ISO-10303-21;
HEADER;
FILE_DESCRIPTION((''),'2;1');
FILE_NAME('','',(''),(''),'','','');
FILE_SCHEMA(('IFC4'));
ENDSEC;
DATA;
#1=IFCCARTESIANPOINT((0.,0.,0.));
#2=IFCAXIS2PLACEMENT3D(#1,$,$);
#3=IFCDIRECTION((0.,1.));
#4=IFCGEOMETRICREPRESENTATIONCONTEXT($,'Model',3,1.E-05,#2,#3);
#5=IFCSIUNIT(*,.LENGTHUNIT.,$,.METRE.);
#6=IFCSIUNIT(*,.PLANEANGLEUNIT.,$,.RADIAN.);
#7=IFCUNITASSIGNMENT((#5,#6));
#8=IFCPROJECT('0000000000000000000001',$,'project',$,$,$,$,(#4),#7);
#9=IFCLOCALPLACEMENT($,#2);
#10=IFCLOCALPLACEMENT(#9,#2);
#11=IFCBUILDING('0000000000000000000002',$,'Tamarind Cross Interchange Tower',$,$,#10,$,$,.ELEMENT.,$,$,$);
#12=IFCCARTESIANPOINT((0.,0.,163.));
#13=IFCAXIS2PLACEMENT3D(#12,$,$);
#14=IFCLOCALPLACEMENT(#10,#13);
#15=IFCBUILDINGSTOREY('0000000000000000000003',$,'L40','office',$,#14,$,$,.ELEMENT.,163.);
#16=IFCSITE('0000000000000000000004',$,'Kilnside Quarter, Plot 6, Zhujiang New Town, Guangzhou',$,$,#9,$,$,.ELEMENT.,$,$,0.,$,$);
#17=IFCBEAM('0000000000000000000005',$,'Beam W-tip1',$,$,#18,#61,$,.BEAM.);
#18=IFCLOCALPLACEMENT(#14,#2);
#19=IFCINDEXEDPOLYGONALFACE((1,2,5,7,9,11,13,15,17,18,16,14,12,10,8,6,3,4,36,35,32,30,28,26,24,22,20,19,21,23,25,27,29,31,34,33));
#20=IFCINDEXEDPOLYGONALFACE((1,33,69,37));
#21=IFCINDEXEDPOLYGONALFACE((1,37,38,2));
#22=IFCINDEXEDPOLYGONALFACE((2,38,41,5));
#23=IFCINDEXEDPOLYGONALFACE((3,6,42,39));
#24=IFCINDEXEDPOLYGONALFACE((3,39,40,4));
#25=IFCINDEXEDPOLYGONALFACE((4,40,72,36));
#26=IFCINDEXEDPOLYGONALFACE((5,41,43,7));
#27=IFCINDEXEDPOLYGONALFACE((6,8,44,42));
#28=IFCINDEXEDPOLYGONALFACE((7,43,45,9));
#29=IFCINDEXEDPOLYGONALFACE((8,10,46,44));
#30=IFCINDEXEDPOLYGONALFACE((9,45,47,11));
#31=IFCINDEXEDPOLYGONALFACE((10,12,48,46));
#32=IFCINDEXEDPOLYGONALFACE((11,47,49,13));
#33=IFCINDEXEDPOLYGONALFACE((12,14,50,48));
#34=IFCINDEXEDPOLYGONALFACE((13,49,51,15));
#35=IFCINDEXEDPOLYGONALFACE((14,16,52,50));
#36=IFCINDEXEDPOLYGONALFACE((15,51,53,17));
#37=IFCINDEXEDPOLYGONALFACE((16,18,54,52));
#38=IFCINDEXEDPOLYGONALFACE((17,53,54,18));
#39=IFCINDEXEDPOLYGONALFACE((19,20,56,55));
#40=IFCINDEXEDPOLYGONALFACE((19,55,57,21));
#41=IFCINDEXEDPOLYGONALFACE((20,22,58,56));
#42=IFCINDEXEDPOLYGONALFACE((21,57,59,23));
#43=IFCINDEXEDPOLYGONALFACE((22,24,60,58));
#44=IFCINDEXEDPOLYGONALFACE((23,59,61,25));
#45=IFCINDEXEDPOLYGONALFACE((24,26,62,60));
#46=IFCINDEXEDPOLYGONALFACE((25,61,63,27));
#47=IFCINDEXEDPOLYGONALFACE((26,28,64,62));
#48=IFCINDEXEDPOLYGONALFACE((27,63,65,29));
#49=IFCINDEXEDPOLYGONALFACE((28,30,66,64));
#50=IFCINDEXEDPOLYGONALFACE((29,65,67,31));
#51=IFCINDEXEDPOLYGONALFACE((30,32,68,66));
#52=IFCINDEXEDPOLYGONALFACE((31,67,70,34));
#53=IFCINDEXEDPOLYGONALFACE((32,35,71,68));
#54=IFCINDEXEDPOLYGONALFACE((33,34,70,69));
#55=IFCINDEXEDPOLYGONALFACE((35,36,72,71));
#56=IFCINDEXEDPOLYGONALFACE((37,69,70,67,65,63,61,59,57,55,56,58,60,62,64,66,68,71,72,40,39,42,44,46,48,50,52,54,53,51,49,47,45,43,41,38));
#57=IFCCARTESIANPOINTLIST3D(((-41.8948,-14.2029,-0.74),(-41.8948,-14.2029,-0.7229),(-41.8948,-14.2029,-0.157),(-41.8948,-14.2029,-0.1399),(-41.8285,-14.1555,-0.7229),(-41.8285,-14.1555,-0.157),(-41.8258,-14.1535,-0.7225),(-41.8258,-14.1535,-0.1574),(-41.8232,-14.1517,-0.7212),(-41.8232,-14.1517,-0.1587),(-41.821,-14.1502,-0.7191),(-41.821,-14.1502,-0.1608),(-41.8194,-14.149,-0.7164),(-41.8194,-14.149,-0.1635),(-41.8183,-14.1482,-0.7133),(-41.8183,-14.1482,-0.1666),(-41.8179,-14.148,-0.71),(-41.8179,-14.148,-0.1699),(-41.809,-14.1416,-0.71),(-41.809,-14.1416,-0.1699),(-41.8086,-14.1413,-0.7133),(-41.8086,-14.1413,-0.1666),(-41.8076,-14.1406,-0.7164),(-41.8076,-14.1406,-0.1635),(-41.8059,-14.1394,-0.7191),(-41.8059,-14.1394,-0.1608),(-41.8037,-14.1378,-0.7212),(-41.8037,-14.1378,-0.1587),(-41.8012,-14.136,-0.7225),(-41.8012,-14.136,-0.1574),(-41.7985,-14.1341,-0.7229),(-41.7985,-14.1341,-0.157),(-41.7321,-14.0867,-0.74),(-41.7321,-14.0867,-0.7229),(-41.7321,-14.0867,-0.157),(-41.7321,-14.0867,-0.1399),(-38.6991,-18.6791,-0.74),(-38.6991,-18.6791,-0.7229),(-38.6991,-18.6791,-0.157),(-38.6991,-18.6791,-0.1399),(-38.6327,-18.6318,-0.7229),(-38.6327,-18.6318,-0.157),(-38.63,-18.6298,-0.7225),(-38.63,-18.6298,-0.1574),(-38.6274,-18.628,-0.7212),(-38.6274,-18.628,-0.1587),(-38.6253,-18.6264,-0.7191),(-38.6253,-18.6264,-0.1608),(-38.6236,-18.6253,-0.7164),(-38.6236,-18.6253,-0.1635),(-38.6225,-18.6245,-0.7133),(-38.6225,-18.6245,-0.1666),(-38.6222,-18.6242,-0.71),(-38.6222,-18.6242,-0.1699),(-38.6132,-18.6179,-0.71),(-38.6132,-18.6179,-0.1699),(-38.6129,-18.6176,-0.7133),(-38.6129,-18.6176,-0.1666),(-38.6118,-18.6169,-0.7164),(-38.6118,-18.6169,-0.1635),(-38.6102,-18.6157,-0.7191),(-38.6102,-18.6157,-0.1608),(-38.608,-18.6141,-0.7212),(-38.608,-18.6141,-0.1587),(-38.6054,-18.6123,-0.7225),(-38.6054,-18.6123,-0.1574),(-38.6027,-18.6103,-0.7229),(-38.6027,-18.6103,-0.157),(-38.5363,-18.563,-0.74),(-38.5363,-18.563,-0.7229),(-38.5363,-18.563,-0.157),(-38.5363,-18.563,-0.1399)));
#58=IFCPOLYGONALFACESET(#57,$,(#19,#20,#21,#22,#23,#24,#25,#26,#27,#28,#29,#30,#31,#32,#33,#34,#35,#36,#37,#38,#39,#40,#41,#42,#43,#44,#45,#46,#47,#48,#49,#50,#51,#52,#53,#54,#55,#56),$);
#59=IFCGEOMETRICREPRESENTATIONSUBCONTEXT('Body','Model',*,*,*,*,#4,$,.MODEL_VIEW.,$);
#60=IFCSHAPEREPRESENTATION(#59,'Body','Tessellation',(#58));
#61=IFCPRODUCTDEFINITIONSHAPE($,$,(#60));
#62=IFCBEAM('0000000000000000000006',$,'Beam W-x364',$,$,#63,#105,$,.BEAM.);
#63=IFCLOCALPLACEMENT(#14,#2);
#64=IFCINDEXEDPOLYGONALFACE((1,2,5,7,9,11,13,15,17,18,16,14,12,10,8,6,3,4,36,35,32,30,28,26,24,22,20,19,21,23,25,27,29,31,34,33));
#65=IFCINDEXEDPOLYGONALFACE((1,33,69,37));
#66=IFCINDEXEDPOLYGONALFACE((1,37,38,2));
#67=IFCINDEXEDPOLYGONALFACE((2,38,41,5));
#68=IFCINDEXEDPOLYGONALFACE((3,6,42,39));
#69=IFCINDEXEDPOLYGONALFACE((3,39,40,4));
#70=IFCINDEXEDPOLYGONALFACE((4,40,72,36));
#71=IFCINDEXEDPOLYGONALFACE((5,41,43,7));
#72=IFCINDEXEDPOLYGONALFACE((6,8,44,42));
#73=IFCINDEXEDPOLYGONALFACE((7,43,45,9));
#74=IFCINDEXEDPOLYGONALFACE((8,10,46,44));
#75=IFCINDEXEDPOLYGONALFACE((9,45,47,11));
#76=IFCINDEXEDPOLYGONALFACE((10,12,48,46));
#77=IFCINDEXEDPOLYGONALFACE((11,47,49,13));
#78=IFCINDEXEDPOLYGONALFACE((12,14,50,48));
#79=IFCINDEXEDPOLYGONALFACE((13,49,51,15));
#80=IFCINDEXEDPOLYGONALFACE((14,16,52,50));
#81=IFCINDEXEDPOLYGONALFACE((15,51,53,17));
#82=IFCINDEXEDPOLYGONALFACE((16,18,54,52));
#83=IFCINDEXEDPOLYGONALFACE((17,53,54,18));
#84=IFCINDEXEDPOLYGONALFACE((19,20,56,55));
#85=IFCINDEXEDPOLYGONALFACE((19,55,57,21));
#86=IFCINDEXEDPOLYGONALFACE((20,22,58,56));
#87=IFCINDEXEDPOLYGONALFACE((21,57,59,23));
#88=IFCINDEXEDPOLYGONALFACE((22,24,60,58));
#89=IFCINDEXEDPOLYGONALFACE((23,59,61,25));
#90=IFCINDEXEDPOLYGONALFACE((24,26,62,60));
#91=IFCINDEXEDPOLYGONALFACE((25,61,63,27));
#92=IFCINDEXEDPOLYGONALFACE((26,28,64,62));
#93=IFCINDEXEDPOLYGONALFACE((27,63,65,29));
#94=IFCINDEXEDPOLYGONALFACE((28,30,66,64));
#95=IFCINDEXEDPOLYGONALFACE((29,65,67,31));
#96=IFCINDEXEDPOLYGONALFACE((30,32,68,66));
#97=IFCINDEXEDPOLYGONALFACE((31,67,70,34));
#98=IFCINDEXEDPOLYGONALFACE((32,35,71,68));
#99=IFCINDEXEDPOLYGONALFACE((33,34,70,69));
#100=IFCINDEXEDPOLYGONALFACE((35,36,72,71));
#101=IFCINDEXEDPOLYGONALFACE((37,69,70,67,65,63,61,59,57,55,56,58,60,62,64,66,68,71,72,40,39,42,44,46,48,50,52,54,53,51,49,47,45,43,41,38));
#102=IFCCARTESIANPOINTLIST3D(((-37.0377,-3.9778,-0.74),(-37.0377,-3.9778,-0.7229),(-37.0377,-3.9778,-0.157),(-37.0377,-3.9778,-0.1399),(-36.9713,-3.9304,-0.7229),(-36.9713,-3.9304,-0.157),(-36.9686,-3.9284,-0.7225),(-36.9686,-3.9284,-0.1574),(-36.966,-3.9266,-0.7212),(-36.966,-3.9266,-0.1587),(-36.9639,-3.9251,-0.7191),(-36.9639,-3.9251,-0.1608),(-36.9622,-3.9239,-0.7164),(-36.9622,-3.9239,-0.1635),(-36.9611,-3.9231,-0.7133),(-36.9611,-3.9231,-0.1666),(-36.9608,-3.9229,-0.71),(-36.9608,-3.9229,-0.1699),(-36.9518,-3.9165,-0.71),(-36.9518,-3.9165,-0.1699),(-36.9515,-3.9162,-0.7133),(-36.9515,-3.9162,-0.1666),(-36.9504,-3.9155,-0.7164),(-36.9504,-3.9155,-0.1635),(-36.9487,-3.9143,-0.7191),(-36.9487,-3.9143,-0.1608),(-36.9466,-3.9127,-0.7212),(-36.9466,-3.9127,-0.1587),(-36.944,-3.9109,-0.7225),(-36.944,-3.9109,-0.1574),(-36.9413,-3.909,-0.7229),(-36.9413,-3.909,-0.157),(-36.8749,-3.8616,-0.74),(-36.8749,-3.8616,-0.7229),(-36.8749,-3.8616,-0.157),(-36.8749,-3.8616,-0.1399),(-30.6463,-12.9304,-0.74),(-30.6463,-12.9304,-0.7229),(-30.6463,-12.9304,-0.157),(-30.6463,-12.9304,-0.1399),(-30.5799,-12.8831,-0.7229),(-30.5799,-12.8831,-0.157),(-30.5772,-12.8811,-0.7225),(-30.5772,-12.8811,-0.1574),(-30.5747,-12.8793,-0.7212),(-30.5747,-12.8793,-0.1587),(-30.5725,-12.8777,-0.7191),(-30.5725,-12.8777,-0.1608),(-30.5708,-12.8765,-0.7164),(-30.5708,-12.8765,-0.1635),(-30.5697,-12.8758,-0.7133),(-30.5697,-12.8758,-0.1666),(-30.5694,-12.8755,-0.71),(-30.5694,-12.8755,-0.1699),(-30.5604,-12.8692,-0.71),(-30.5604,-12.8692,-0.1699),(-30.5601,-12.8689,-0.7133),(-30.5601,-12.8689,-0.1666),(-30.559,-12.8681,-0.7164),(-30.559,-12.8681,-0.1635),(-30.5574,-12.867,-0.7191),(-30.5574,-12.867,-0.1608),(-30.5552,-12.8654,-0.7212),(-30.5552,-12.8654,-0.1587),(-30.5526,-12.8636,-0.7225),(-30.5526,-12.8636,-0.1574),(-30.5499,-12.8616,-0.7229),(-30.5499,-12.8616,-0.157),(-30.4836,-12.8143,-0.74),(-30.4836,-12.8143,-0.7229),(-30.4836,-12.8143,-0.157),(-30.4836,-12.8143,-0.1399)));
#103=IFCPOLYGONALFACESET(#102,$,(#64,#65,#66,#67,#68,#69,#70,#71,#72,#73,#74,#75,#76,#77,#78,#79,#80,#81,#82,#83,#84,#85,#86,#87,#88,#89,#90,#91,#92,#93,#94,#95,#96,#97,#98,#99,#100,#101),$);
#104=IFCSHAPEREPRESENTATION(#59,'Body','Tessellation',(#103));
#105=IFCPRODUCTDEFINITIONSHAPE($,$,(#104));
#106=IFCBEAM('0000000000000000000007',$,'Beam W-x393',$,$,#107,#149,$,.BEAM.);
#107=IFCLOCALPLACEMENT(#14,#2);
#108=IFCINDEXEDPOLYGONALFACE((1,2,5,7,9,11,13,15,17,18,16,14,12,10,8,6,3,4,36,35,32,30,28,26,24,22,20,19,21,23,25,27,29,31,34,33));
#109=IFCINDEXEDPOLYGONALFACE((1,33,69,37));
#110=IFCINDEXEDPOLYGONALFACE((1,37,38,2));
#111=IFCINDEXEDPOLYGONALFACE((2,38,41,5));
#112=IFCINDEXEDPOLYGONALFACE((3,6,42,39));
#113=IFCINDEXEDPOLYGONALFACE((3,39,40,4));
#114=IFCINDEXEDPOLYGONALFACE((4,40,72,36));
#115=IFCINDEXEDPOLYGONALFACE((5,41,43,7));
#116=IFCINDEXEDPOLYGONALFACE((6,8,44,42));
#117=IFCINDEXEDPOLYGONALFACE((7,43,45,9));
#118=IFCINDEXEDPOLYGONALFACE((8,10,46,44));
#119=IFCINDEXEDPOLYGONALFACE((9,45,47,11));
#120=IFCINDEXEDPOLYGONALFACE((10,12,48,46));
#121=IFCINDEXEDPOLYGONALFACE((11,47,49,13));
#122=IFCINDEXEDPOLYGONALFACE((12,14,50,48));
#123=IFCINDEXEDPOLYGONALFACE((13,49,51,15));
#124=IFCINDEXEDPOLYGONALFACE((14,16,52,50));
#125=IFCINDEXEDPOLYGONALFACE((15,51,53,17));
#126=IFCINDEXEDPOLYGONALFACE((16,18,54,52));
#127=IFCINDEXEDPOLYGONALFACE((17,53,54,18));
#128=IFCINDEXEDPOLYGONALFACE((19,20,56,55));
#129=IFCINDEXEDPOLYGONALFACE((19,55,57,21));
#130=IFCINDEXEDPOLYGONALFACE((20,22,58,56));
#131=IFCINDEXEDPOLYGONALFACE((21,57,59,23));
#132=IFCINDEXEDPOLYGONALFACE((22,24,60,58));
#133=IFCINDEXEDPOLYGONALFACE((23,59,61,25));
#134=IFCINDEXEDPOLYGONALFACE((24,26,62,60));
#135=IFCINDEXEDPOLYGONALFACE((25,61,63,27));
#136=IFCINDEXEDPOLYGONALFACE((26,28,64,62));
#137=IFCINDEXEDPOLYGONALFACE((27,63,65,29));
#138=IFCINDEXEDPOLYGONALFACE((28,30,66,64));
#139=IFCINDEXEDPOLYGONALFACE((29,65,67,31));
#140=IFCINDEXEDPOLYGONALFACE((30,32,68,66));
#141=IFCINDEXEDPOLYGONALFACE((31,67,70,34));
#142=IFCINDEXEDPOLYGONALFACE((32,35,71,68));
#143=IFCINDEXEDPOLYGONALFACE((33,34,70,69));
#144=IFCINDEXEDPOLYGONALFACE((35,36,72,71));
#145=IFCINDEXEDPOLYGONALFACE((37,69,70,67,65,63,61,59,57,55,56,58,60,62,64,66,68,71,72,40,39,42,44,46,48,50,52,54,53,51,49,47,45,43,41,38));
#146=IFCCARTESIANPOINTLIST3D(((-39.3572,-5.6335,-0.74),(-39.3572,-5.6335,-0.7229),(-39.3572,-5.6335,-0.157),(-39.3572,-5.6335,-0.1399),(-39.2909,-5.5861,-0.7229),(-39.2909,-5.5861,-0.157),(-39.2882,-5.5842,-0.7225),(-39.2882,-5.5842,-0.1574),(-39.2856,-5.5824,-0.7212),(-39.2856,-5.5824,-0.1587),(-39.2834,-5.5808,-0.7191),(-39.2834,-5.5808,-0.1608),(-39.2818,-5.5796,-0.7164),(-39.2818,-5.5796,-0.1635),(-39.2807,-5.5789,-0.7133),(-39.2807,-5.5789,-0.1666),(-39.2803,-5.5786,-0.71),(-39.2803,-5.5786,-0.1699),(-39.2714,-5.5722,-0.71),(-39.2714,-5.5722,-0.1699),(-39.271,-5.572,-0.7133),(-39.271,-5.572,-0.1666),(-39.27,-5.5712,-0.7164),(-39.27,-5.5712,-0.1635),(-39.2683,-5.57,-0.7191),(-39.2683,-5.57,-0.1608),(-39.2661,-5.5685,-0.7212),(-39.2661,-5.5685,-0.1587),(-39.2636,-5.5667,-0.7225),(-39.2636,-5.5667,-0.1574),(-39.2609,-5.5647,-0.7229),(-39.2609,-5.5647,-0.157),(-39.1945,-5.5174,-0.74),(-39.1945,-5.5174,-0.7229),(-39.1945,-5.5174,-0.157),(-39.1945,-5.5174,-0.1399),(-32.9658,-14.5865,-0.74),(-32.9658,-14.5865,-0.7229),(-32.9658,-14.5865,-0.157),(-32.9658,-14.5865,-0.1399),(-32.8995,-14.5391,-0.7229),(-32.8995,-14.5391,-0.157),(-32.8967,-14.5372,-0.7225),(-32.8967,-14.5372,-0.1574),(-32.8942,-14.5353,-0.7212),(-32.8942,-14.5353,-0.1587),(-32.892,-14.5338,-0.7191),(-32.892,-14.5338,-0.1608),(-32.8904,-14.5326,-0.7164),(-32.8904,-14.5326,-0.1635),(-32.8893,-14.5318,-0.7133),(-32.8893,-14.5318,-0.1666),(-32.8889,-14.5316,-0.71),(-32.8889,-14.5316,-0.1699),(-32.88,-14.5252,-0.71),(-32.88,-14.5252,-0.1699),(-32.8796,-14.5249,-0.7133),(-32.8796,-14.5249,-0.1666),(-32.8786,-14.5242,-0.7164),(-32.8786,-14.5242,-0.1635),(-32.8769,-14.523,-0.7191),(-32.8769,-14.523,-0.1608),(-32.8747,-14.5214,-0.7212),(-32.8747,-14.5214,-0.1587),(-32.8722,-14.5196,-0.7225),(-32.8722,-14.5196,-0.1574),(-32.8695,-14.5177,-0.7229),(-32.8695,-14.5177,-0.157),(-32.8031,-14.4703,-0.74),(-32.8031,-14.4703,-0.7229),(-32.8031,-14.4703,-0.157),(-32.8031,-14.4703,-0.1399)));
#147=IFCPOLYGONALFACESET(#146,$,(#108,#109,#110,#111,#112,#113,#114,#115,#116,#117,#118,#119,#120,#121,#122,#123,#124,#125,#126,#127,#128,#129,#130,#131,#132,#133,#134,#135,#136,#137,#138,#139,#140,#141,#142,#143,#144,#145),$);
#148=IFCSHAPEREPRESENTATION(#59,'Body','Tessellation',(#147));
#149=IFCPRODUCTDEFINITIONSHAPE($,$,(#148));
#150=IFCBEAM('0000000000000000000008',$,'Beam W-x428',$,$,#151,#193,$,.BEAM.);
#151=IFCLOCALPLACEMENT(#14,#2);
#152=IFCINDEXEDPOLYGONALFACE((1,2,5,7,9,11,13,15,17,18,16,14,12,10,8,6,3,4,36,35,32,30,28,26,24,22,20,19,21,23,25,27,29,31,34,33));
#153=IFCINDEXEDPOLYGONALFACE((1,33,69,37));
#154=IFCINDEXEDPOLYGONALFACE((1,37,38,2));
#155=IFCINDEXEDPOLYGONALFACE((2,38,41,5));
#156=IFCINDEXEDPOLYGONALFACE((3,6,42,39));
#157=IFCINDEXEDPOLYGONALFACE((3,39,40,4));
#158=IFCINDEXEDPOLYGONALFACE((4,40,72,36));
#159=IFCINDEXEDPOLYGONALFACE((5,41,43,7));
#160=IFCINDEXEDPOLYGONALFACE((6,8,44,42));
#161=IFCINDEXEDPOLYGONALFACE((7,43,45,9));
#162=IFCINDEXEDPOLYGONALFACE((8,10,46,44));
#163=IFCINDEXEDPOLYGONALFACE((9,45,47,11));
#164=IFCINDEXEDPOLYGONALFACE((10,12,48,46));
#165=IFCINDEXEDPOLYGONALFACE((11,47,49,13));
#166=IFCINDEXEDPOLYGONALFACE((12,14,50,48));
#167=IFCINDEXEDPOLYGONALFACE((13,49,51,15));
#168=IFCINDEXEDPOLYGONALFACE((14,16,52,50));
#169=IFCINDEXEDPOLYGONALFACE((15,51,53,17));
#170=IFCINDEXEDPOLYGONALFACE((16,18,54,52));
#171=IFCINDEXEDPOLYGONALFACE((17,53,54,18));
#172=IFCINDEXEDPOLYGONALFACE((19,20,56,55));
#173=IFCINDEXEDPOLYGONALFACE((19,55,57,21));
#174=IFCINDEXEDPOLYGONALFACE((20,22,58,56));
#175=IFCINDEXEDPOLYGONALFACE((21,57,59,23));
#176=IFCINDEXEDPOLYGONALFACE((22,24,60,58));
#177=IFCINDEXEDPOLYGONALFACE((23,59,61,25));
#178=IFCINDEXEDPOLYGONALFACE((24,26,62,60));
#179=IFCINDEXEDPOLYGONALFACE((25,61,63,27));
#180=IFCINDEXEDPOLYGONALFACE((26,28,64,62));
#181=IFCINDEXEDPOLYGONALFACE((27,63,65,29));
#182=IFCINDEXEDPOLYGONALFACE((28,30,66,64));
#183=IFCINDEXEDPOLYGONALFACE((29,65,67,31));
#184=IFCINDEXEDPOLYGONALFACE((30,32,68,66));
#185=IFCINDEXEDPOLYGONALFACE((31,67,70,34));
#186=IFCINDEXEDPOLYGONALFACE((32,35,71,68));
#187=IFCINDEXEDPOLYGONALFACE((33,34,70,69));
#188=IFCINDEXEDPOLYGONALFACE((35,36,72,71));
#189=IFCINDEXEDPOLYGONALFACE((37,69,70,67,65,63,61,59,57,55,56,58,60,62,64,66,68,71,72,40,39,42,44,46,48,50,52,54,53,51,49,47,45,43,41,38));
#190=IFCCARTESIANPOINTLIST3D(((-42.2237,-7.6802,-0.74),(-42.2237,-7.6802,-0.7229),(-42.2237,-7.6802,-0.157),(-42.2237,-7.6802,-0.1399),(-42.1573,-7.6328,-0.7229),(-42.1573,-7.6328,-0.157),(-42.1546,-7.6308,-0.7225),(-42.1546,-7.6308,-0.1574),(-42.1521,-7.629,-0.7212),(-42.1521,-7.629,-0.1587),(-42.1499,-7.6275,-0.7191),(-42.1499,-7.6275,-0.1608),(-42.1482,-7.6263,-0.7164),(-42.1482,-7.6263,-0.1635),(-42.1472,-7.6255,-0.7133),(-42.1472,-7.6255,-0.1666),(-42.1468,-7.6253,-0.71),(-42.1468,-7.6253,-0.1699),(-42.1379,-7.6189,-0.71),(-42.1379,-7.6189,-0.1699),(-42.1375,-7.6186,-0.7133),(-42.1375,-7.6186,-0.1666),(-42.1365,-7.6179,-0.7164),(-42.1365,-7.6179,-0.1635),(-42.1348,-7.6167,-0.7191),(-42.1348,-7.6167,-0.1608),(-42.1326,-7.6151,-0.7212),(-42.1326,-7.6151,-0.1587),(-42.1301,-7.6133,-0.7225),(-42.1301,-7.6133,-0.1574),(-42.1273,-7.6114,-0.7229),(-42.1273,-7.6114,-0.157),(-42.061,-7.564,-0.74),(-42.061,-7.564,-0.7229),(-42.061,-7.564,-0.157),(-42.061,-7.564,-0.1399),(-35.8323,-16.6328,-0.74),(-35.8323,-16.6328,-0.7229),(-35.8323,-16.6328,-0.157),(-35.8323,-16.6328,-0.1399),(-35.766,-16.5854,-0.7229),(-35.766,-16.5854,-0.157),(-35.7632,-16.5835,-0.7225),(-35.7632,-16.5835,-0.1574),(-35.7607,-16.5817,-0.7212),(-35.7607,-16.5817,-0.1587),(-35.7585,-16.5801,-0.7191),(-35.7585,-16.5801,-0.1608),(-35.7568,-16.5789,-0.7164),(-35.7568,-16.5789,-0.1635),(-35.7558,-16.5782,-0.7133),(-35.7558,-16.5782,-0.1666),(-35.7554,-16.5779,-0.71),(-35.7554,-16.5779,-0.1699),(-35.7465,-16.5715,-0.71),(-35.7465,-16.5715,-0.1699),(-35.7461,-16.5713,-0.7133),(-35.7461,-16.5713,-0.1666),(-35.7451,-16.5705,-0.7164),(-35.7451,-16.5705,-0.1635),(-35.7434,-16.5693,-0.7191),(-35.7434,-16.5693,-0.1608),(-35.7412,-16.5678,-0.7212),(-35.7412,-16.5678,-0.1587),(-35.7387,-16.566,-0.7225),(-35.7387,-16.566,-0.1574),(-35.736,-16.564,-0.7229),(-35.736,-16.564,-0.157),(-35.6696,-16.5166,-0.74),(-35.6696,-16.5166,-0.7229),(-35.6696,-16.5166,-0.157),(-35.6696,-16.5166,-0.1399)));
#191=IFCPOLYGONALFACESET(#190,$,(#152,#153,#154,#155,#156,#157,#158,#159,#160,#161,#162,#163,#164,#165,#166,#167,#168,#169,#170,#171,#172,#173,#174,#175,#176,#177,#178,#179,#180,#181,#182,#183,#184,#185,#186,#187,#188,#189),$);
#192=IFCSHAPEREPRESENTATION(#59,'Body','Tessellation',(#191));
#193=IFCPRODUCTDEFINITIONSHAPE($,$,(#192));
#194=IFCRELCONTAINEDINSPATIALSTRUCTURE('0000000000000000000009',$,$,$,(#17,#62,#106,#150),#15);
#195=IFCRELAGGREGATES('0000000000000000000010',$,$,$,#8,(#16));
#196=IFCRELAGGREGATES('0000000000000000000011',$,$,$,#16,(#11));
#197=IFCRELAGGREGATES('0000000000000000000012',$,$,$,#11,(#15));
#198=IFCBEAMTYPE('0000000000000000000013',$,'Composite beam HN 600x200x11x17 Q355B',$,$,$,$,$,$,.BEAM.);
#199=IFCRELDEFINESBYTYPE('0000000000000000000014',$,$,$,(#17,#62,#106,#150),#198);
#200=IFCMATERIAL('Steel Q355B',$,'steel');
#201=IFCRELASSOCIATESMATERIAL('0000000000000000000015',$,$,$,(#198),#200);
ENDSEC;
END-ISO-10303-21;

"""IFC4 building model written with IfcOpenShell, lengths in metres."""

from ifc_helpers import new_model, si_unit, direction, frame, origin, origin_2d, place, context, subcontext, project, spatial, i_section, extrude, material, material_profile, profile_set, type_object, element, save


model = new_model("IFC4")

# Units and contexts
model_context = context("Model", 3, precision=1e-05, world=origin(), true_north=direction((0.0, 1.0)))
body_context = subcontext(model_context, "Body", "Model", "MODEL_VIEW")
ifc_project = project(units=[si_unit("LENGTHUNIT", "METRE"), si_unit("PLANEANGLEUNIT", "RADIAN")], contexts=[model_context])

# Site, building, storey
site_placement = place(None, origin())
site = spatial("IfcSite", under=ifc_project, at=site_placement, Name="Kilnside Quarter, Plot 6, Zhujiang New Town, Guangzhou", CompositionType="ELEMENT", RefElevation=0.0)
building_placement = place(site_placement, origin())
building = spatial("IfcBuilding", under=site, at=building_placement, Name="Tamarind Cross Interchange Tower", CompositionType="ELEMENT")
storey_placement = place(building_placement, frame((0.0, 0.0, 163.0)))
storey = spatial("IfcBuildingStorey", under=building, at=storey_placement, Name="L40", Description="office", CompositionType="ELEMENT", Elevation=163.0)

# Beams
ifc_material_1 = material(Name="Steel Q355B", Category="steel")
ifc_material_profile_1 = material_profile(ifc_material_1, i_section(OverallWidth=0.2, OverallDepth=0.6001, WebThickness=0.011, FlangeThickness=0.0171, FilletRadius=0.0129, at=origin_2d()), Name="HN 600x200x11x17")
ifc_profile_set_1 = profile_set([ifc_material_profile_1], Name="Steel Q355B")
beam_type_1 = type_object("IfcBeamType", Name="Composite beam HN 600x200x11x17 Q355B", PredefinedType="BEAM", material=ifc_profile_set_1)
for number, where, z_axis, x_axis, name in (
    (1, (-41.8135, -14.1448, -0.4399), (0.581049, -0.813868, 0.0), (0.813868, 0.581049, 0.0), "Beam W-tip1"),
):
    element("IfcBeam", number, at=place(storey_placement, frame(where, z_axis=z_axis, x_axis=x_axis)), inside=storey, type_object=beam_type_1, Name=name, PredefinedType="BEAM", context=body_context, shape_type="SweptSolid", body=[
        extrude(i_section(OverallWidth=0.2, OverallDepth=0.6001, WebThickness=0.011, FlangeThickness=0.0171, FilletRadius=0.0129, at=origin_2d()), origin(), (0.0, 0.0, 1.0), 5.5),
    ])
beam_1_placement = place(storey_placement, frame((-36.9563, -3.9197, -0.4399), z_axis=(0.581035, -0.813879, 0.0), x_axis=(0.813879, 0.581035, 0.0)))
element("IfcBeam", 2, at=beam_1_placement, inside=storey, type_object=beam_type_1, Name="Beam W-x364", PredefinedType="BEAM", context=body_context, shape_type="SweptSolid", body=[
    extrude(i_section(OverallWidth=0.2, OverallDepth=0.6001, WebThickness=0.011, FlangeThickness=0.0171, FilletRadius=0.0129, at=origin_2d()), origin(), (0.0, 0.0, 1.0), 11.0),
])
beam_2_placement = place(storey_placement, frame((-39.2759, -5.5754, -0.4399), z_axis=(0.581024, -0.813886, 0.0), x_axis=(0.813886, 0.581024, 0.0)))
element("IfcBeam", 3, at=beam_2_placement, inside=storey, type_object=beam_type_1, Name="Beam W-x393", PredefinedType="BEAM", context=body_context, shape_type="SweptSolid", body=[
    extrude(i_section(OverallWidth=0.2, OverallDepth=0.6001, WebThickness=0.011, FlangeThickness=0.0171, FilletRadius=0.0129, at=origin_2d()), origin(), (0.0, 0.0, 1.0), 11.0002),
])
beam_3_placement = place(storey_placement, frame((-42.1423, -7.6221, -0.4399), z_axis=(0.581035, -0.813879, 0.0), x_axis=(0.813879, 0.581035, 0.0)))
element("IfcBeam", 4, at=beam_3_placement, inside=storey, type_object=beam_type_1, Name="Beam W-x428", PredefinedType="BEAM", context=body_context, shape_type="SweptSolid", body=[
    extrude(i_section(OverallWidth=0.2, OverallDepth=0.6001, WebThickness=0.011, FlangeThickness=0.0171, FilletRadius=0.0129, at=origin_2d()), origin(), (0.0, 0.0, 1.0), 11.0),
])

save(model, "model.ifc")
